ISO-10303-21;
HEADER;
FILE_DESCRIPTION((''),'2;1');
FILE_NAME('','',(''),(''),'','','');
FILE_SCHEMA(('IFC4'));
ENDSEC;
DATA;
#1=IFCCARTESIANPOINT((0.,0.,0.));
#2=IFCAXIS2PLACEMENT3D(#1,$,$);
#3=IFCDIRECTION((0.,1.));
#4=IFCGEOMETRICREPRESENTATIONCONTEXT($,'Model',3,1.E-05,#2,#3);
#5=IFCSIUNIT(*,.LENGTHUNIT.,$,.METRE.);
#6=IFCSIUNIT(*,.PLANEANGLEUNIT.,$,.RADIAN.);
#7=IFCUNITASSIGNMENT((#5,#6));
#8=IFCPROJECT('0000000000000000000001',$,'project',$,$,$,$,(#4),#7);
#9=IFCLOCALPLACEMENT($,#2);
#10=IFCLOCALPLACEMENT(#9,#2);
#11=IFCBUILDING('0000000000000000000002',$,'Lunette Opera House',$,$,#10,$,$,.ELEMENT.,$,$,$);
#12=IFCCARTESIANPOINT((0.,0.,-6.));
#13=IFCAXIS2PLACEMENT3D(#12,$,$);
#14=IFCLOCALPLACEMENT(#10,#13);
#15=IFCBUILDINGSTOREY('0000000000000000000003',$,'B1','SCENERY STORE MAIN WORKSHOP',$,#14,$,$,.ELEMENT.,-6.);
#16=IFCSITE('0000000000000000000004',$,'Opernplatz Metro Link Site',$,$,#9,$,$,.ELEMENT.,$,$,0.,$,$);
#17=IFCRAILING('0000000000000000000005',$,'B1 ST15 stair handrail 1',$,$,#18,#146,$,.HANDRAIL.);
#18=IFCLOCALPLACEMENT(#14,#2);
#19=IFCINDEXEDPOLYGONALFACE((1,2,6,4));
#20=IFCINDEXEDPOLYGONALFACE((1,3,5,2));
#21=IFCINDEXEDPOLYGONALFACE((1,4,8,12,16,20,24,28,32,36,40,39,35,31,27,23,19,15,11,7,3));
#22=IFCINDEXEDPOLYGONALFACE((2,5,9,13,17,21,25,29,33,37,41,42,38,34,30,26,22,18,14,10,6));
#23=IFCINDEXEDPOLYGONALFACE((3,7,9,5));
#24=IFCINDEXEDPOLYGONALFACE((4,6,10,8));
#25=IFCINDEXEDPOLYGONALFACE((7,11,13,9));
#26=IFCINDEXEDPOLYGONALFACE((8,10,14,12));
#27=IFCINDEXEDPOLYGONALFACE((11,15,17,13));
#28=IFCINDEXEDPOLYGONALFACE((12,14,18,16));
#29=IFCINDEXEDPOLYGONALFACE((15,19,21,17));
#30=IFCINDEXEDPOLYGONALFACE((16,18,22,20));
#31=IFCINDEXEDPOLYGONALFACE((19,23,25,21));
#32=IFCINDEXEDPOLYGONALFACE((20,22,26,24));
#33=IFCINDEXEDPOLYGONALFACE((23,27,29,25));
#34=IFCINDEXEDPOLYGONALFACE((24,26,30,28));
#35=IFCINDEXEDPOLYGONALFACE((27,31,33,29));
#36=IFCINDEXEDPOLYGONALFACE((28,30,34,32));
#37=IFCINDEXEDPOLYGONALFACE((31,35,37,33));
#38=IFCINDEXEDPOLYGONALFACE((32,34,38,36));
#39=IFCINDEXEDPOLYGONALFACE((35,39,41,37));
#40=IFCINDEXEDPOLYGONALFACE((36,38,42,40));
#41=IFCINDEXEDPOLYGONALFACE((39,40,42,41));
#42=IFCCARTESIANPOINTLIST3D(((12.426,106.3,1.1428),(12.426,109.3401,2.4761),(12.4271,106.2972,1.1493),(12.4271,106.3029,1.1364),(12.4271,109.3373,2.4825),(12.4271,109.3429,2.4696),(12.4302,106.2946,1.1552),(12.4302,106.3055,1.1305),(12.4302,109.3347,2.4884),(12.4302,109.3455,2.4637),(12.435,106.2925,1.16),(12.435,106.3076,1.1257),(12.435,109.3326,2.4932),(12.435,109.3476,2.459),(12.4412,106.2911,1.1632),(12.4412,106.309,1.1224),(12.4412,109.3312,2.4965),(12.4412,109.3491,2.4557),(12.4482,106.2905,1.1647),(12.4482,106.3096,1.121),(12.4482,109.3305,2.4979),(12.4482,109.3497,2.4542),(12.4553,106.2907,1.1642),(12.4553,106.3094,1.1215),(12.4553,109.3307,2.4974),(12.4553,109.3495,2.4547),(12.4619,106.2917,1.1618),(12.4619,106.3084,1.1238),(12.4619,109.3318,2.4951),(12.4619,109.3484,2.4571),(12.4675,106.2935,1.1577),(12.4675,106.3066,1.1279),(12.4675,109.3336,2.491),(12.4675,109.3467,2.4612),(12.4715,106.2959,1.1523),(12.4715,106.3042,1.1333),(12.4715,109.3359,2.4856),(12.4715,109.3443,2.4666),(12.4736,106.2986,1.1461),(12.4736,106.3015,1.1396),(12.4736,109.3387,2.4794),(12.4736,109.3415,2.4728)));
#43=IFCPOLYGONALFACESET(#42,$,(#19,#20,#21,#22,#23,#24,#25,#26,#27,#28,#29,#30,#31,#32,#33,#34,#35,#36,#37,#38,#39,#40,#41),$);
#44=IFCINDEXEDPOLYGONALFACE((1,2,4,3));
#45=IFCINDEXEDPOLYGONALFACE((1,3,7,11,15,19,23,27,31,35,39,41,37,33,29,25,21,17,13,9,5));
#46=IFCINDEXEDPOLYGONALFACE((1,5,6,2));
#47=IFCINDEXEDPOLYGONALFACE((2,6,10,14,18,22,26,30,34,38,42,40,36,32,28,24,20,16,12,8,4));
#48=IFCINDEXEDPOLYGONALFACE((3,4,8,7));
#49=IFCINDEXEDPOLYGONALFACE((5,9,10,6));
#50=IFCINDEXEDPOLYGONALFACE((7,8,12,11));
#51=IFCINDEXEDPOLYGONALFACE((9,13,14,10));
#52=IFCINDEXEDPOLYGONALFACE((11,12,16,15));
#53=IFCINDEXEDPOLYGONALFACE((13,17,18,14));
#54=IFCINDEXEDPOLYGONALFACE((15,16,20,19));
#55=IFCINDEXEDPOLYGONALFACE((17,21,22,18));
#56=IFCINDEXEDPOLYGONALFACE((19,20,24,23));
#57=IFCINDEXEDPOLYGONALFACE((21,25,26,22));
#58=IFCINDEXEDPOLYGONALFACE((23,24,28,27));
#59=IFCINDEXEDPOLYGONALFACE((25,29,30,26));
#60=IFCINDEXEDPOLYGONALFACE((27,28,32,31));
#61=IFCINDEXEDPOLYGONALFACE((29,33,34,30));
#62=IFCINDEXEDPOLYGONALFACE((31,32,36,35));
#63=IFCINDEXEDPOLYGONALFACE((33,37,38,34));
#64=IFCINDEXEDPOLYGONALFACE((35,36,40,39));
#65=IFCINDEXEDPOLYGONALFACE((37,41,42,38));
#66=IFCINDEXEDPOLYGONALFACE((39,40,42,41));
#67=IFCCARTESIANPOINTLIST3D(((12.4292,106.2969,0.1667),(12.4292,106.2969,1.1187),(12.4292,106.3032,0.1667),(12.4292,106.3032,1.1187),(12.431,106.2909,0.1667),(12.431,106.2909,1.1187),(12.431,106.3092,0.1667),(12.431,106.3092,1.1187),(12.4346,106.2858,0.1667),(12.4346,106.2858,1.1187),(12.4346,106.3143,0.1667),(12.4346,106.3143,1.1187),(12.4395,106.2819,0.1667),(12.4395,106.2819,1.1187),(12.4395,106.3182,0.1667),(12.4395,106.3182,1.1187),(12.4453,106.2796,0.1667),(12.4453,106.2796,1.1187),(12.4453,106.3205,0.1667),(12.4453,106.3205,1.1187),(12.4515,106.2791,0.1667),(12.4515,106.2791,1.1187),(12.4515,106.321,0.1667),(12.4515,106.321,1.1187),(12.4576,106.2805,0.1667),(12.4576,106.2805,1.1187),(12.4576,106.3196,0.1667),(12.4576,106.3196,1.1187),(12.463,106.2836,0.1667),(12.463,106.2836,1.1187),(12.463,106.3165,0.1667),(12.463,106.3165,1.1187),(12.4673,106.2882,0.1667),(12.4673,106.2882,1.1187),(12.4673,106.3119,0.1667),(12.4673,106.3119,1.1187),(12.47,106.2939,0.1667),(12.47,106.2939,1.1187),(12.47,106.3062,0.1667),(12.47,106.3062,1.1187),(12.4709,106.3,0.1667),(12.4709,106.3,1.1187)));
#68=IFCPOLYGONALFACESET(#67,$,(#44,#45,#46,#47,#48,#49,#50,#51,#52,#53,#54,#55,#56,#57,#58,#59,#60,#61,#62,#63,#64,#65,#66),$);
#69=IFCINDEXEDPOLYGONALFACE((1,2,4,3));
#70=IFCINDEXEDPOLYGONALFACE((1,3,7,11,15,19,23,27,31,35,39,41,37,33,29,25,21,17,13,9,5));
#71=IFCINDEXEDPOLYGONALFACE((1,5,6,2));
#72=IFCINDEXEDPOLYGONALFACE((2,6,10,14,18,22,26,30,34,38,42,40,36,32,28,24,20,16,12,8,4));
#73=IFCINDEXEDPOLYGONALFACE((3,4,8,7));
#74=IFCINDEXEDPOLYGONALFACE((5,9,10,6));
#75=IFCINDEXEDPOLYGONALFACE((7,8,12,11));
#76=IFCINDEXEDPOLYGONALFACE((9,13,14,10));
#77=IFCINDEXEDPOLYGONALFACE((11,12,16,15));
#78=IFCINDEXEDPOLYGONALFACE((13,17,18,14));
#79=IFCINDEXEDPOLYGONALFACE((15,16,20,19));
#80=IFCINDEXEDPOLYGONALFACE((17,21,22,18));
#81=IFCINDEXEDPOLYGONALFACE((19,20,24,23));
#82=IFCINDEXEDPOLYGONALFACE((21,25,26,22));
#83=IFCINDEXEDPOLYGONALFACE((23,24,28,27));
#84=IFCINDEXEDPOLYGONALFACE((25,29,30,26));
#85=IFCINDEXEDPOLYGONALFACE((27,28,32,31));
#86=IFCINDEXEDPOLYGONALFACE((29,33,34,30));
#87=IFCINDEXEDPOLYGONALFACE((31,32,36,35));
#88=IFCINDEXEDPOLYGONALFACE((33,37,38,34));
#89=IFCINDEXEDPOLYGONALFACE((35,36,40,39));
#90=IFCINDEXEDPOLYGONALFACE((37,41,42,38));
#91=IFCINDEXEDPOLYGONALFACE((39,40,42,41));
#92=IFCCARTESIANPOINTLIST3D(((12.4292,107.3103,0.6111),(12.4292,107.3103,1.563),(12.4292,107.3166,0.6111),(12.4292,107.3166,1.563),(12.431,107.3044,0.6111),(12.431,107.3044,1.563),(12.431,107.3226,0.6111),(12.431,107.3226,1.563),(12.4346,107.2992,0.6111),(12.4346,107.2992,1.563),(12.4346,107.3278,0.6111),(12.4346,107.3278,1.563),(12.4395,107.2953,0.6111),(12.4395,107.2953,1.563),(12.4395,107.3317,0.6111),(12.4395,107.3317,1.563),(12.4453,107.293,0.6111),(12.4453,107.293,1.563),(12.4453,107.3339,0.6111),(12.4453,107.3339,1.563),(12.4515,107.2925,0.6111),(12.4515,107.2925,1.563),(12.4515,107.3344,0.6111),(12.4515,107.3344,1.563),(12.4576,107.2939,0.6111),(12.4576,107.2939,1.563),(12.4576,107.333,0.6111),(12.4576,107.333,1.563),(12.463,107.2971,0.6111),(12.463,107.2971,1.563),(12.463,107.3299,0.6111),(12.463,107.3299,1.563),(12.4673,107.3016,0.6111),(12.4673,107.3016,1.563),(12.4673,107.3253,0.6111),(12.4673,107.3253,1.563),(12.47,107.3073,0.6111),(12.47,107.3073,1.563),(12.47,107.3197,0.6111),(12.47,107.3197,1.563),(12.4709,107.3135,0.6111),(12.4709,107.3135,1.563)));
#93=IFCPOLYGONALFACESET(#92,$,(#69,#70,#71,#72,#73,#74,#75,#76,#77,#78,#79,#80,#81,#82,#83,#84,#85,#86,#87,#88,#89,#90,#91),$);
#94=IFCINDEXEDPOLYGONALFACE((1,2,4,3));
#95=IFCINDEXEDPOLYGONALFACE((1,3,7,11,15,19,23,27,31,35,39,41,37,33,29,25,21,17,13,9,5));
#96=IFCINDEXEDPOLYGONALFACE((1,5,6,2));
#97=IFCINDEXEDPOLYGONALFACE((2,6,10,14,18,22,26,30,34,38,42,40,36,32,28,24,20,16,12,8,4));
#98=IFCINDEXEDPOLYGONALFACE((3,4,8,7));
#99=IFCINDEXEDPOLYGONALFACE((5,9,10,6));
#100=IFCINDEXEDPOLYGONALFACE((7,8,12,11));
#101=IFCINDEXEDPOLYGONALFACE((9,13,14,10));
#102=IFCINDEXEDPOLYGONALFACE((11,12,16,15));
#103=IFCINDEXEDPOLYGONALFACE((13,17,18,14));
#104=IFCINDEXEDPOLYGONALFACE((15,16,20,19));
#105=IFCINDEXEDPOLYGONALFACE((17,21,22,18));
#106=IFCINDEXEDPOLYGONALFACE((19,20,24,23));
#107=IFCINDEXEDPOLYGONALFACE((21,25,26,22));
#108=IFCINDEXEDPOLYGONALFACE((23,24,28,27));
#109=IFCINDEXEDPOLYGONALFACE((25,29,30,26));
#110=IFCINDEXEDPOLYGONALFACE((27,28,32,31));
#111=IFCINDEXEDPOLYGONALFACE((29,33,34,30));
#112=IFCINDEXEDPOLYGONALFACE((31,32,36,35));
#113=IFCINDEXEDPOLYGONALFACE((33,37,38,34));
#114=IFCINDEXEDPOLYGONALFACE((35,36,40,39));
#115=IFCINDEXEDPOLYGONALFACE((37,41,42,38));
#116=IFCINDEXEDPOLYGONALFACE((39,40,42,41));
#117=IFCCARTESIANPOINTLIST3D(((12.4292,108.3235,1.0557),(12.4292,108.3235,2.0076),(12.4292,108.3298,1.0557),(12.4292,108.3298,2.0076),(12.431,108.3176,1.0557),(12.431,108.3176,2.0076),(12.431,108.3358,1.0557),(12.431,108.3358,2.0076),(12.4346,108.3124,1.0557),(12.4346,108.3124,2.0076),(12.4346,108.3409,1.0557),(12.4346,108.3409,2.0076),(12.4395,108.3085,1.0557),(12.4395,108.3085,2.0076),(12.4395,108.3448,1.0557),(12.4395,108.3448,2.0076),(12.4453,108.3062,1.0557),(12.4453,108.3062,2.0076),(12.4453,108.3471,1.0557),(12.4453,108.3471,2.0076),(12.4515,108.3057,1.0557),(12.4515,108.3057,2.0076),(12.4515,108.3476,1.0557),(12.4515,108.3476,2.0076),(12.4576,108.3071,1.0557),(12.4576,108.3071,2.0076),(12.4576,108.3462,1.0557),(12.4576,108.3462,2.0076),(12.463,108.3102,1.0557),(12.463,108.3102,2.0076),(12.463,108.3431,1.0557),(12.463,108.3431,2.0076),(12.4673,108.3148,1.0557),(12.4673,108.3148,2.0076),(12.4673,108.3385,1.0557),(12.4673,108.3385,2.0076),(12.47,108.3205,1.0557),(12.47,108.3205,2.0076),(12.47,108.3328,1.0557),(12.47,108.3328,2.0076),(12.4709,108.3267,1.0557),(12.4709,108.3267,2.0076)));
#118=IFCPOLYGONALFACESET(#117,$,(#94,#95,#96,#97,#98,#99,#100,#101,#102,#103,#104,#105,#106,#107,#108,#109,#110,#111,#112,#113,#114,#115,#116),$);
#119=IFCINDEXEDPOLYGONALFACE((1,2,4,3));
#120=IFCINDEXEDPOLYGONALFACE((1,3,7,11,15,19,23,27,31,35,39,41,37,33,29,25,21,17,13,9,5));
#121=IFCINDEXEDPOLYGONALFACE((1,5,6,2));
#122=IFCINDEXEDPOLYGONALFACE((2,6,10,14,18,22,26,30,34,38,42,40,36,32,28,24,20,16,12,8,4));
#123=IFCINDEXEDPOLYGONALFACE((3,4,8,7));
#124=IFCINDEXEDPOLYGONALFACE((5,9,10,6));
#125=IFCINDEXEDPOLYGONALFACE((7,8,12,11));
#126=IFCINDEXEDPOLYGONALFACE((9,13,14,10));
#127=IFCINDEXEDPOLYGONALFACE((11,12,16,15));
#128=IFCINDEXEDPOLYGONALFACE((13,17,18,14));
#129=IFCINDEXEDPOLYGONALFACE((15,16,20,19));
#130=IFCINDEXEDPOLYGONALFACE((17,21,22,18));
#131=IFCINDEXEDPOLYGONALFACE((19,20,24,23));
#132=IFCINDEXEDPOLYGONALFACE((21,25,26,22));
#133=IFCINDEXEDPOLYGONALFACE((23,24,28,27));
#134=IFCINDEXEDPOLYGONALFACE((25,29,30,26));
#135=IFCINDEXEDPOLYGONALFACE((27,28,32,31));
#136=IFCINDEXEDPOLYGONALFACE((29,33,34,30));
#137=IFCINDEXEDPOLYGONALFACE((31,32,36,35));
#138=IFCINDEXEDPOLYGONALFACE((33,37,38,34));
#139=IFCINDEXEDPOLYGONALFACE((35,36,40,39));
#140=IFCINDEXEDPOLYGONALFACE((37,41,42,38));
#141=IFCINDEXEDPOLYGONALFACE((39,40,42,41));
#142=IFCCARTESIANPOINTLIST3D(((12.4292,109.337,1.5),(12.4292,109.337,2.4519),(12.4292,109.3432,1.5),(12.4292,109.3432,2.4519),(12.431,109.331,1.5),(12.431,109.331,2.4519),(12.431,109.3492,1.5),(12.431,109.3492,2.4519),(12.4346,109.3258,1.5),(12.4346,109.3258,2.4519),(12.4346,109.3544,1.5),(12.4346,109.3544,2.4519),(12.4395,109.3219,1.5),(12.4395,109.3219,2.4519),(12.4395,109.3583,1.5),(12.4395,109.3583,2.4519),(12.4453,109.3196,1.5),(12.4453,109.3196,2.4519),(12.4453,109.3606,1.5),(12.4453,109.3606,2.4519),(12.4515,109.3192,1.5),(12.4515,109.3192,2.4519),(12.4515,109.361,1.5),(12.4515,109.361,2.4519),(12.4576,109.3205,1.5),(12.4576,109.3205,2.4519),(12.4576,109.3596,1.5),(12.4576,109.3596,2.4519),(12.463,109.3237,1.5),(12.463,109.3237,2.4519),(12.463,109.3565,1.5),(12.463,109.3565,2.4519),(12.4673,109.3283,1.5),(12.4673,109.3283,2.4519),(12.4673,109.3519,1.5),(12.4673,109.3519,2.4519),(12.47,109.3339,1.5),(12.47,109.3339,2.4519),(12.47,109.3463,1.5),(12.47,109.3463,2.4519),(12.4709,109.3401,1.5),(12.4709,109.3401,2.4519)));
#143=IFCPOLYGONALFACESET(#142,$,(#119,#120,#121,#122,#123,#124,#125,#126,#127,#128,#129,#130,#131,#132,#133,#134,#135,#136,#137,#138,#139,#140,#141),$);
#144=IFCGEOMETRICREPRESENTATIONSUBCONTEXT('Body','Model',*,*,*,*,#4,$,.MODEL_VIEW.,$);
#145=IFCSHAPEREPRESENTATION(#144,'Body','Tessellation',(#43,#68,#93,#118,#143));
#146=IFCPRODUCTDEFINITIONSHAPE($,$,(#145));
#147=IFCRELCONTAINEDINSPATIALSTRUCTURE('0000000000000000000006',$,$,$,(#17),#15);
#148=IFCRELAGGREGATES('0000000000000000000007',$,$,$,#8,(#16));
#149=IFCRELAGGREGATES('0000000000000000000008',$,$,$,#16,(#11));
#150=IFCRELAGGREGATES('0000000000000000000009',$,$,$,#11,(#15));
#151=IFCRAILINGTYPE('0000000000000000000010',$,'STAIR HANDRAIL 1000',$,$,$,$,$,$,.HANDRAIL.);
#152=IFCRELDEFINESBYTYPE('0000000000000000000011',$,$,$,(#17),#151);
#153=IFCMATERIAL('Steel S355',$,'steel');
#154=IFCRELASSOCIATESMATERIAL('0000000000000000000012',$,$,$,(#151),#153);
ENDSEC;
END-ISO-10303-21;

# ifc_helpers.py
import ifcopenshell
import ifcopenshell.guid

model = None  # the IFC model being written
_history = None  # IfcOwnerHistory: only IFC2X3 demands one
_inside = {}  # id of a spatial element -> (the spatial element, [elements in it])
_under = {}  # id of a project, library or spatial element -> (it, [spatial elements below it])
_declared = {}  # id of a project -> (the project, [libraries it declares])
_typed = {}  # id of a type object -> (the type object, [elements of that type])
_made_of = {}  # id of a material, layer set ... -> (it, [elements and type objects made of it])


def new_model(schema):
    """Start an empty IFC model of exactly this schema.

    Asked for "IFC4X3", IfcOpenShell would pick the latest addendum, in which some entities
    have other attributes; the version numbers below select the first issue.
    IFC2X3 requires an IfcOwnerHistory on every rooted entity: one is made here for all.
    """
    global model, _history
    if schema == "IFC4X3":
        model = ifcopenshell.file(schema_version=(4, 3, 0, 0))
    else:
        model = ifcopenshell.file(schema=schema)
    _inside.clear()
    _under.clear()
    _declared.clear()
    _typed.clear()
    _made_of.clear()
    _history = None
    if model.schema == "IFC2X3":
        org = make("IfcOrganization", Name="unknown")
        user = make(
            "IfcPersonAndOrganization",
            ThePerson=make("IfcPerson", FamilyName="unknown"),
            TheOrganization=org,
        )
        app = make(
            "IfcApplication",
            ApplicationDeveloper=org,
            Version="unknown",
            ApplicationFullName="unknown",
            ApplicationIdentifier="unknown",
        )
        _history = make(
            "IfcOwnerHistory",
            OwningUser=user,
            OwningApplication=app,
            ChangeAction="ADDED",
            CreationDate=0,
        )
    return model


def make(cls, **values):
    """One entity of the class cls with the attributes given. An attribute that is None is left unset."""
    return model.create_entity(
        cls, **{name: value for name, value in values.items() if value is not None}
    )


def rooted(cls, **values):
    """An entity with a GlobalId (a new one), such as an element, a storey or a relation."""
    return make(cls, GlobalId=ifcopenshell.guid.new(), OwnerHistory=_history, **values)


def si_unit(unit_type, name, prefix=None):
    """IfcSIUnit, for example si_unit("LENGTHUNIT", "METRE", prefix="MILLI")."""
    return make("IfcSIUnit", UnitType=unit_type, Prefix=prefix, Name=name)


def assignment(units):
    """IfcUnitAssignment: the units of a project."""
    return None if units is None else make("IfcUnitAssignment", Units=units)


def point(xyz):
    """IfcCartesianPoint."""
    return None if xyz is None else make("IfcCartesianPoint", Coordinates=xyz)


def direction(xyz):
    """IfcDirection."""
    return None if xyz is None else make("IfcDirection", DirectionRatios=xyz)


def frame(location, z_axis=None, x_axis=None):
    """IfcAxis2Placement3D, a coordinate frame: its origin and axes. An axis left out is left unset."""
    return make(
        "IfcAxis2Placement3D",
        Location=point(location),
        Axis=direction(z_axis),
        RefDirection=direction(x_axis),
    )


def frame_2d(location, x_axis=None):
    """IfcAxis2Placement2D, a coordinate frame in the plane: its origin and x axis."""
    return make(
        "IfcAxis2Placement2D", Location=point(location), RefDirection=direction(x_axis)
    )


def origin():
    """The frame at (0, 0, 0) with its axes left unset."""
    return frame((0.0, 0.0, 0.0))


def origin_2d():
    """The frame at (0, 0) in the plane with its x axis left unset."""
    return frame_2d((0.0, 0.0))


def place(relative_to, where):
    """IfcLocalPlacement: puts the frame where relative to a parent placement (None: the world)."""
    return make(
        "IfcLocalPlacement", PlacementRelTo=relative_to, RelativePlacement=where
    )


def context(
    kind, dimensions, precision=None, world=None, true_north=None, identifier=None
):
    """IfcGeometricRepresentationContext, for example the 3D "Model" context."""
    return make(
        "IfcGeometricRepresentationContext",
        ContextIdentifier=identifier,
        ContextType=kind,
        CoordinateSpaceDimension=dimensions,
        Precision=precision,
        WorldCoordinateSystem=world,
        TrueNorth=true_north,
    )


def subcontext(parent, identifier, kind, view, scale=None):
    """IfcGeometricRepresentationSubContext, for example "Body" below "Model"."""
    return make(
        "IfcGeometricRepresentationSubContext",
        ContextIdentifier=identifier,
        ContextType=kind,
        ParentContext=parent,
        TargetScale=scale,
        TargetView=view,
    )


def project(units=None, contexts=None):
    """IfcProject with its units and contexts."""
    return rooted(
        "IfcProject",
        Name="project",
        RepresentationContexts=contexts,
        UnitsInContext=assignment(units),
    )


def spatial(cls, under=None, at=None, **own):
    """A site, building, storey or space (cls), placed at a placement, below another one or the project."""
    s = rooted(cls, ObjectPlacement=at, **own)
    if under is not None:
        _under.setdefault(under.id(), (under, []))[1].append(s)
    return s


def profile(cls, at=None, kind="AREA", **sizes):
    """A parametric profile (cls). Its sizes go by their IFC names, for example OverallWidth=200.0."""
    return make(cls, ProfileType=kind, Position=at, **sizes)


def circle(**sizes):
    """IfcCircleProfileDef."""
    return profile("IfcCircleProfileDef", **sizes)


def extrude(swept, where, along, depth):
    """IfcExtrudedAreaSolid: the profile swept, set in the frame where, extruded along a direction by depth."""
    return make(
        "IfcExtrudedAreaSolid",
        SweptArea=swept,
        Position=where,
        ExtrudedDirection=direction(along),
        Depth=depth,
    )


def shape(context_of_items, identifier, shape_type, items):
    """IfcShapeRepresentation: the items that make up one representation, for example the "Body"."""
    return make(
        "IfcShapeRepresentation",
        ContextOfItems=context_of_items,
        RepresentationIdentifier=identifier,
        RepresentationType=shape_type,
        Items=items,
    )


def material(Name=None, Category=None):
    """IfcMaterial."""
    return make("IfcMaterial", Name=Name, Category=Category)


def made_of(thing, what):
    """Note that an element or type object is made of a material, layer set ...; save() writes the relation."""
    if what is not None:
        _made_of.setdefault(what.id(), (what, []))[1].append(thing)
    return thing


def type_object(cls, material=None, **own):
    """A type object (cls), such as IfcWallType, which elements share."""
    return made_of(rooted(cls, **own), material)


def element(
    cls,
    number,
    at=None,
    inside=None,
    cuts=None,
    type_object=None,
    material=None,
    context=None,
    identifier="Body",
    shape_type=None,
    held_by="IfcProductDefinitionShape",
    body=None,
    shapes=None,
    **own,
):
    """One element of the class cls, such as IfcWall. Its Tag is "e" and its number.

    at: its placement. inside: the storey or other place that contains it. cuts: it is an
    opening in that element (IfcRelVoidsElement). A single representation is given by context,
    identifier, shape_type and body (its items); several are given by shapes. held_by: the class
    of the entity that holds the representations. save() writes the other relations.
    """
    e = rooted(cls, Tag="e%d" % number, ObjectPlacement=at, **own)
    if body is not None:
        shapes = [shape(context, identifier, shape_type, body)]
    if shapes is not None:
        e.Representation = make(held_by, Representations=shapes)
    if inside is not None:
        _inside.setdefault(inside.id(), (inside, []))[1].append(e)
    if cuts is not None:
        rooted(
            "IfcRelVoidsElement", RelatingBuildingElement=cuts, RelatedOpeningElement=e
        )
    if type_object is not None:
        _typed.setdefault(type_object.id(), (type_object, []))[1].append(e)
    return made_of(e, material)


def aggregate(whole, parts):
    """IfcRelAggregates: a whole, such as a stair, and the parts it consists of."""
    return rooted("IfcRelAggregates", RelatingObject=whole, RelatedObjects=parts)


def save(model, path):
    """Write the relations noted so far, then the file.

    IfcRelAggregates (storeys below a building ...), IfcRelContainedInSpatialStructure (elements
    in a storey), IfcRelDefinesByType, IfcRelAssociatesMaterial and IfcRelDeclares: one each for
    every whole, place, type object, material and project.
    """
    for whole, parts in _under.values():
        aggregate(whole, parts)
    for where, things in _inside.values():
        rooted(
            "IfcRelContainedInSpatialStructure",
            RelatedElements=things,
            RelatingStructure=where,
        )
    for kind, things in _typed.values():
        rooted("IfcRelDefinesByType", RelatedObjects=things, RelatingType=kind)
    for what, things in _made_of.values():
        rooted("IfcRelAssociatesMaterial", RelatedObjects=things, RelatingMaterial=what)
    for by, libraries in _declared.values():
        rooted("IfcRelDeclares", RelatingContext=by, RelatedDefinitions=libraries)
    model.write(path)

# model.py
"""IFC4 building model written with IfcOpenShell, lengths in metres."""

from ifc_helpers import new_model, si_unit, direction, frame, origin, origin_2d, place, context, subcontext, project, spatial, circle, extrude, material, type_object, element, save


model = new_model("IFC4")

# Units and contexts
model_context = context("Model", 3, precision=1e-05, world=origin(), true_north=direction((0.0, 1.0)))
body_context = subcontext(model_context, "Body", "Model", "MODEL_VIEW")
ifc_project = project(units=[si_unit("LENGTHUNIT", "METRE"), si_unit("PLANEANGLEUNIT", "RADIAN")], contexts=[model_context])

# Site, building, storey
site_placement = place(None, origin())
site = spatial("IfcSite", under=ifc_project, at=site_placement, Name="Opernplatz Metro Link Site", CompositionType="ELEMENT", RefElevation=0.0)
building_placement = place(site_placement, origin())
building = spatial("IfcBuilding", under=site, at=building_placement, Name="Lunette Opera House", CompositionType="ELEMENT")
storey_placement = place(building_placement, frame((0.0, 0.0, -6.0)))
storey = spatial("IfcBuildingStorey", under=building, at=storey_placement, Name="B1", Description="SCENERY STORE MAIN WORKSHOP", CompositionType="ELEMENT", Elevation=-6.0)

# Railing
ifc_material_1 = material(Name="Steel S355", Category="steel")
railing_type_1 = type_object("IfcRailingType", Name="STAIR HANDRAIL 1000", PredefinedType="HANDRAIL", material=ifc_material_1)
railing_1_placement = place(storey_placement, frame((12.45, 106.3, 0.1667)))
element("IfcRailing", 1, at=railing_1_placement, inside=storey, type_object=railing_type_1, Name="B1 ST15 stair handrail 1", PredefinedType="HANDRAIL", context=body_context, shape_type="SweptSolid", body=[
    extrude(circle(Radius=0.0239, at=origin_2d()), frame((0.0, 0.0, 0.9761), z_axis=(0.0, 0.915799, 0.401637), x_axis=(-1.0, 0.0, 0.0)), (0.0, 0.0, 1.0), 3.3196),
    extrude(circle(Radius=0.021, at=origin_2d()), origin(), (0.0, 0.0, 1.0), 0.9519),
    extrude(circle(Radius=0.021, at=origin_2d()), frame((0.0, 1.0134, 0.4443)), (0.0, 0.0, 1.0), 0.9519),
    extrude(circle(Radius=0.021, at=origin_2d()), frame((0.0, 2.0266, 0.8889)), (0.0, 0.0, 1.0), 0.9519),
    extrude(circle(Radius=0.021, at=origin_2d()), frame((0.0, 3.04, 1.3333)), (0.0, 0.0, 1.0), 0.9519),
])

save(model, "model.ifc")
